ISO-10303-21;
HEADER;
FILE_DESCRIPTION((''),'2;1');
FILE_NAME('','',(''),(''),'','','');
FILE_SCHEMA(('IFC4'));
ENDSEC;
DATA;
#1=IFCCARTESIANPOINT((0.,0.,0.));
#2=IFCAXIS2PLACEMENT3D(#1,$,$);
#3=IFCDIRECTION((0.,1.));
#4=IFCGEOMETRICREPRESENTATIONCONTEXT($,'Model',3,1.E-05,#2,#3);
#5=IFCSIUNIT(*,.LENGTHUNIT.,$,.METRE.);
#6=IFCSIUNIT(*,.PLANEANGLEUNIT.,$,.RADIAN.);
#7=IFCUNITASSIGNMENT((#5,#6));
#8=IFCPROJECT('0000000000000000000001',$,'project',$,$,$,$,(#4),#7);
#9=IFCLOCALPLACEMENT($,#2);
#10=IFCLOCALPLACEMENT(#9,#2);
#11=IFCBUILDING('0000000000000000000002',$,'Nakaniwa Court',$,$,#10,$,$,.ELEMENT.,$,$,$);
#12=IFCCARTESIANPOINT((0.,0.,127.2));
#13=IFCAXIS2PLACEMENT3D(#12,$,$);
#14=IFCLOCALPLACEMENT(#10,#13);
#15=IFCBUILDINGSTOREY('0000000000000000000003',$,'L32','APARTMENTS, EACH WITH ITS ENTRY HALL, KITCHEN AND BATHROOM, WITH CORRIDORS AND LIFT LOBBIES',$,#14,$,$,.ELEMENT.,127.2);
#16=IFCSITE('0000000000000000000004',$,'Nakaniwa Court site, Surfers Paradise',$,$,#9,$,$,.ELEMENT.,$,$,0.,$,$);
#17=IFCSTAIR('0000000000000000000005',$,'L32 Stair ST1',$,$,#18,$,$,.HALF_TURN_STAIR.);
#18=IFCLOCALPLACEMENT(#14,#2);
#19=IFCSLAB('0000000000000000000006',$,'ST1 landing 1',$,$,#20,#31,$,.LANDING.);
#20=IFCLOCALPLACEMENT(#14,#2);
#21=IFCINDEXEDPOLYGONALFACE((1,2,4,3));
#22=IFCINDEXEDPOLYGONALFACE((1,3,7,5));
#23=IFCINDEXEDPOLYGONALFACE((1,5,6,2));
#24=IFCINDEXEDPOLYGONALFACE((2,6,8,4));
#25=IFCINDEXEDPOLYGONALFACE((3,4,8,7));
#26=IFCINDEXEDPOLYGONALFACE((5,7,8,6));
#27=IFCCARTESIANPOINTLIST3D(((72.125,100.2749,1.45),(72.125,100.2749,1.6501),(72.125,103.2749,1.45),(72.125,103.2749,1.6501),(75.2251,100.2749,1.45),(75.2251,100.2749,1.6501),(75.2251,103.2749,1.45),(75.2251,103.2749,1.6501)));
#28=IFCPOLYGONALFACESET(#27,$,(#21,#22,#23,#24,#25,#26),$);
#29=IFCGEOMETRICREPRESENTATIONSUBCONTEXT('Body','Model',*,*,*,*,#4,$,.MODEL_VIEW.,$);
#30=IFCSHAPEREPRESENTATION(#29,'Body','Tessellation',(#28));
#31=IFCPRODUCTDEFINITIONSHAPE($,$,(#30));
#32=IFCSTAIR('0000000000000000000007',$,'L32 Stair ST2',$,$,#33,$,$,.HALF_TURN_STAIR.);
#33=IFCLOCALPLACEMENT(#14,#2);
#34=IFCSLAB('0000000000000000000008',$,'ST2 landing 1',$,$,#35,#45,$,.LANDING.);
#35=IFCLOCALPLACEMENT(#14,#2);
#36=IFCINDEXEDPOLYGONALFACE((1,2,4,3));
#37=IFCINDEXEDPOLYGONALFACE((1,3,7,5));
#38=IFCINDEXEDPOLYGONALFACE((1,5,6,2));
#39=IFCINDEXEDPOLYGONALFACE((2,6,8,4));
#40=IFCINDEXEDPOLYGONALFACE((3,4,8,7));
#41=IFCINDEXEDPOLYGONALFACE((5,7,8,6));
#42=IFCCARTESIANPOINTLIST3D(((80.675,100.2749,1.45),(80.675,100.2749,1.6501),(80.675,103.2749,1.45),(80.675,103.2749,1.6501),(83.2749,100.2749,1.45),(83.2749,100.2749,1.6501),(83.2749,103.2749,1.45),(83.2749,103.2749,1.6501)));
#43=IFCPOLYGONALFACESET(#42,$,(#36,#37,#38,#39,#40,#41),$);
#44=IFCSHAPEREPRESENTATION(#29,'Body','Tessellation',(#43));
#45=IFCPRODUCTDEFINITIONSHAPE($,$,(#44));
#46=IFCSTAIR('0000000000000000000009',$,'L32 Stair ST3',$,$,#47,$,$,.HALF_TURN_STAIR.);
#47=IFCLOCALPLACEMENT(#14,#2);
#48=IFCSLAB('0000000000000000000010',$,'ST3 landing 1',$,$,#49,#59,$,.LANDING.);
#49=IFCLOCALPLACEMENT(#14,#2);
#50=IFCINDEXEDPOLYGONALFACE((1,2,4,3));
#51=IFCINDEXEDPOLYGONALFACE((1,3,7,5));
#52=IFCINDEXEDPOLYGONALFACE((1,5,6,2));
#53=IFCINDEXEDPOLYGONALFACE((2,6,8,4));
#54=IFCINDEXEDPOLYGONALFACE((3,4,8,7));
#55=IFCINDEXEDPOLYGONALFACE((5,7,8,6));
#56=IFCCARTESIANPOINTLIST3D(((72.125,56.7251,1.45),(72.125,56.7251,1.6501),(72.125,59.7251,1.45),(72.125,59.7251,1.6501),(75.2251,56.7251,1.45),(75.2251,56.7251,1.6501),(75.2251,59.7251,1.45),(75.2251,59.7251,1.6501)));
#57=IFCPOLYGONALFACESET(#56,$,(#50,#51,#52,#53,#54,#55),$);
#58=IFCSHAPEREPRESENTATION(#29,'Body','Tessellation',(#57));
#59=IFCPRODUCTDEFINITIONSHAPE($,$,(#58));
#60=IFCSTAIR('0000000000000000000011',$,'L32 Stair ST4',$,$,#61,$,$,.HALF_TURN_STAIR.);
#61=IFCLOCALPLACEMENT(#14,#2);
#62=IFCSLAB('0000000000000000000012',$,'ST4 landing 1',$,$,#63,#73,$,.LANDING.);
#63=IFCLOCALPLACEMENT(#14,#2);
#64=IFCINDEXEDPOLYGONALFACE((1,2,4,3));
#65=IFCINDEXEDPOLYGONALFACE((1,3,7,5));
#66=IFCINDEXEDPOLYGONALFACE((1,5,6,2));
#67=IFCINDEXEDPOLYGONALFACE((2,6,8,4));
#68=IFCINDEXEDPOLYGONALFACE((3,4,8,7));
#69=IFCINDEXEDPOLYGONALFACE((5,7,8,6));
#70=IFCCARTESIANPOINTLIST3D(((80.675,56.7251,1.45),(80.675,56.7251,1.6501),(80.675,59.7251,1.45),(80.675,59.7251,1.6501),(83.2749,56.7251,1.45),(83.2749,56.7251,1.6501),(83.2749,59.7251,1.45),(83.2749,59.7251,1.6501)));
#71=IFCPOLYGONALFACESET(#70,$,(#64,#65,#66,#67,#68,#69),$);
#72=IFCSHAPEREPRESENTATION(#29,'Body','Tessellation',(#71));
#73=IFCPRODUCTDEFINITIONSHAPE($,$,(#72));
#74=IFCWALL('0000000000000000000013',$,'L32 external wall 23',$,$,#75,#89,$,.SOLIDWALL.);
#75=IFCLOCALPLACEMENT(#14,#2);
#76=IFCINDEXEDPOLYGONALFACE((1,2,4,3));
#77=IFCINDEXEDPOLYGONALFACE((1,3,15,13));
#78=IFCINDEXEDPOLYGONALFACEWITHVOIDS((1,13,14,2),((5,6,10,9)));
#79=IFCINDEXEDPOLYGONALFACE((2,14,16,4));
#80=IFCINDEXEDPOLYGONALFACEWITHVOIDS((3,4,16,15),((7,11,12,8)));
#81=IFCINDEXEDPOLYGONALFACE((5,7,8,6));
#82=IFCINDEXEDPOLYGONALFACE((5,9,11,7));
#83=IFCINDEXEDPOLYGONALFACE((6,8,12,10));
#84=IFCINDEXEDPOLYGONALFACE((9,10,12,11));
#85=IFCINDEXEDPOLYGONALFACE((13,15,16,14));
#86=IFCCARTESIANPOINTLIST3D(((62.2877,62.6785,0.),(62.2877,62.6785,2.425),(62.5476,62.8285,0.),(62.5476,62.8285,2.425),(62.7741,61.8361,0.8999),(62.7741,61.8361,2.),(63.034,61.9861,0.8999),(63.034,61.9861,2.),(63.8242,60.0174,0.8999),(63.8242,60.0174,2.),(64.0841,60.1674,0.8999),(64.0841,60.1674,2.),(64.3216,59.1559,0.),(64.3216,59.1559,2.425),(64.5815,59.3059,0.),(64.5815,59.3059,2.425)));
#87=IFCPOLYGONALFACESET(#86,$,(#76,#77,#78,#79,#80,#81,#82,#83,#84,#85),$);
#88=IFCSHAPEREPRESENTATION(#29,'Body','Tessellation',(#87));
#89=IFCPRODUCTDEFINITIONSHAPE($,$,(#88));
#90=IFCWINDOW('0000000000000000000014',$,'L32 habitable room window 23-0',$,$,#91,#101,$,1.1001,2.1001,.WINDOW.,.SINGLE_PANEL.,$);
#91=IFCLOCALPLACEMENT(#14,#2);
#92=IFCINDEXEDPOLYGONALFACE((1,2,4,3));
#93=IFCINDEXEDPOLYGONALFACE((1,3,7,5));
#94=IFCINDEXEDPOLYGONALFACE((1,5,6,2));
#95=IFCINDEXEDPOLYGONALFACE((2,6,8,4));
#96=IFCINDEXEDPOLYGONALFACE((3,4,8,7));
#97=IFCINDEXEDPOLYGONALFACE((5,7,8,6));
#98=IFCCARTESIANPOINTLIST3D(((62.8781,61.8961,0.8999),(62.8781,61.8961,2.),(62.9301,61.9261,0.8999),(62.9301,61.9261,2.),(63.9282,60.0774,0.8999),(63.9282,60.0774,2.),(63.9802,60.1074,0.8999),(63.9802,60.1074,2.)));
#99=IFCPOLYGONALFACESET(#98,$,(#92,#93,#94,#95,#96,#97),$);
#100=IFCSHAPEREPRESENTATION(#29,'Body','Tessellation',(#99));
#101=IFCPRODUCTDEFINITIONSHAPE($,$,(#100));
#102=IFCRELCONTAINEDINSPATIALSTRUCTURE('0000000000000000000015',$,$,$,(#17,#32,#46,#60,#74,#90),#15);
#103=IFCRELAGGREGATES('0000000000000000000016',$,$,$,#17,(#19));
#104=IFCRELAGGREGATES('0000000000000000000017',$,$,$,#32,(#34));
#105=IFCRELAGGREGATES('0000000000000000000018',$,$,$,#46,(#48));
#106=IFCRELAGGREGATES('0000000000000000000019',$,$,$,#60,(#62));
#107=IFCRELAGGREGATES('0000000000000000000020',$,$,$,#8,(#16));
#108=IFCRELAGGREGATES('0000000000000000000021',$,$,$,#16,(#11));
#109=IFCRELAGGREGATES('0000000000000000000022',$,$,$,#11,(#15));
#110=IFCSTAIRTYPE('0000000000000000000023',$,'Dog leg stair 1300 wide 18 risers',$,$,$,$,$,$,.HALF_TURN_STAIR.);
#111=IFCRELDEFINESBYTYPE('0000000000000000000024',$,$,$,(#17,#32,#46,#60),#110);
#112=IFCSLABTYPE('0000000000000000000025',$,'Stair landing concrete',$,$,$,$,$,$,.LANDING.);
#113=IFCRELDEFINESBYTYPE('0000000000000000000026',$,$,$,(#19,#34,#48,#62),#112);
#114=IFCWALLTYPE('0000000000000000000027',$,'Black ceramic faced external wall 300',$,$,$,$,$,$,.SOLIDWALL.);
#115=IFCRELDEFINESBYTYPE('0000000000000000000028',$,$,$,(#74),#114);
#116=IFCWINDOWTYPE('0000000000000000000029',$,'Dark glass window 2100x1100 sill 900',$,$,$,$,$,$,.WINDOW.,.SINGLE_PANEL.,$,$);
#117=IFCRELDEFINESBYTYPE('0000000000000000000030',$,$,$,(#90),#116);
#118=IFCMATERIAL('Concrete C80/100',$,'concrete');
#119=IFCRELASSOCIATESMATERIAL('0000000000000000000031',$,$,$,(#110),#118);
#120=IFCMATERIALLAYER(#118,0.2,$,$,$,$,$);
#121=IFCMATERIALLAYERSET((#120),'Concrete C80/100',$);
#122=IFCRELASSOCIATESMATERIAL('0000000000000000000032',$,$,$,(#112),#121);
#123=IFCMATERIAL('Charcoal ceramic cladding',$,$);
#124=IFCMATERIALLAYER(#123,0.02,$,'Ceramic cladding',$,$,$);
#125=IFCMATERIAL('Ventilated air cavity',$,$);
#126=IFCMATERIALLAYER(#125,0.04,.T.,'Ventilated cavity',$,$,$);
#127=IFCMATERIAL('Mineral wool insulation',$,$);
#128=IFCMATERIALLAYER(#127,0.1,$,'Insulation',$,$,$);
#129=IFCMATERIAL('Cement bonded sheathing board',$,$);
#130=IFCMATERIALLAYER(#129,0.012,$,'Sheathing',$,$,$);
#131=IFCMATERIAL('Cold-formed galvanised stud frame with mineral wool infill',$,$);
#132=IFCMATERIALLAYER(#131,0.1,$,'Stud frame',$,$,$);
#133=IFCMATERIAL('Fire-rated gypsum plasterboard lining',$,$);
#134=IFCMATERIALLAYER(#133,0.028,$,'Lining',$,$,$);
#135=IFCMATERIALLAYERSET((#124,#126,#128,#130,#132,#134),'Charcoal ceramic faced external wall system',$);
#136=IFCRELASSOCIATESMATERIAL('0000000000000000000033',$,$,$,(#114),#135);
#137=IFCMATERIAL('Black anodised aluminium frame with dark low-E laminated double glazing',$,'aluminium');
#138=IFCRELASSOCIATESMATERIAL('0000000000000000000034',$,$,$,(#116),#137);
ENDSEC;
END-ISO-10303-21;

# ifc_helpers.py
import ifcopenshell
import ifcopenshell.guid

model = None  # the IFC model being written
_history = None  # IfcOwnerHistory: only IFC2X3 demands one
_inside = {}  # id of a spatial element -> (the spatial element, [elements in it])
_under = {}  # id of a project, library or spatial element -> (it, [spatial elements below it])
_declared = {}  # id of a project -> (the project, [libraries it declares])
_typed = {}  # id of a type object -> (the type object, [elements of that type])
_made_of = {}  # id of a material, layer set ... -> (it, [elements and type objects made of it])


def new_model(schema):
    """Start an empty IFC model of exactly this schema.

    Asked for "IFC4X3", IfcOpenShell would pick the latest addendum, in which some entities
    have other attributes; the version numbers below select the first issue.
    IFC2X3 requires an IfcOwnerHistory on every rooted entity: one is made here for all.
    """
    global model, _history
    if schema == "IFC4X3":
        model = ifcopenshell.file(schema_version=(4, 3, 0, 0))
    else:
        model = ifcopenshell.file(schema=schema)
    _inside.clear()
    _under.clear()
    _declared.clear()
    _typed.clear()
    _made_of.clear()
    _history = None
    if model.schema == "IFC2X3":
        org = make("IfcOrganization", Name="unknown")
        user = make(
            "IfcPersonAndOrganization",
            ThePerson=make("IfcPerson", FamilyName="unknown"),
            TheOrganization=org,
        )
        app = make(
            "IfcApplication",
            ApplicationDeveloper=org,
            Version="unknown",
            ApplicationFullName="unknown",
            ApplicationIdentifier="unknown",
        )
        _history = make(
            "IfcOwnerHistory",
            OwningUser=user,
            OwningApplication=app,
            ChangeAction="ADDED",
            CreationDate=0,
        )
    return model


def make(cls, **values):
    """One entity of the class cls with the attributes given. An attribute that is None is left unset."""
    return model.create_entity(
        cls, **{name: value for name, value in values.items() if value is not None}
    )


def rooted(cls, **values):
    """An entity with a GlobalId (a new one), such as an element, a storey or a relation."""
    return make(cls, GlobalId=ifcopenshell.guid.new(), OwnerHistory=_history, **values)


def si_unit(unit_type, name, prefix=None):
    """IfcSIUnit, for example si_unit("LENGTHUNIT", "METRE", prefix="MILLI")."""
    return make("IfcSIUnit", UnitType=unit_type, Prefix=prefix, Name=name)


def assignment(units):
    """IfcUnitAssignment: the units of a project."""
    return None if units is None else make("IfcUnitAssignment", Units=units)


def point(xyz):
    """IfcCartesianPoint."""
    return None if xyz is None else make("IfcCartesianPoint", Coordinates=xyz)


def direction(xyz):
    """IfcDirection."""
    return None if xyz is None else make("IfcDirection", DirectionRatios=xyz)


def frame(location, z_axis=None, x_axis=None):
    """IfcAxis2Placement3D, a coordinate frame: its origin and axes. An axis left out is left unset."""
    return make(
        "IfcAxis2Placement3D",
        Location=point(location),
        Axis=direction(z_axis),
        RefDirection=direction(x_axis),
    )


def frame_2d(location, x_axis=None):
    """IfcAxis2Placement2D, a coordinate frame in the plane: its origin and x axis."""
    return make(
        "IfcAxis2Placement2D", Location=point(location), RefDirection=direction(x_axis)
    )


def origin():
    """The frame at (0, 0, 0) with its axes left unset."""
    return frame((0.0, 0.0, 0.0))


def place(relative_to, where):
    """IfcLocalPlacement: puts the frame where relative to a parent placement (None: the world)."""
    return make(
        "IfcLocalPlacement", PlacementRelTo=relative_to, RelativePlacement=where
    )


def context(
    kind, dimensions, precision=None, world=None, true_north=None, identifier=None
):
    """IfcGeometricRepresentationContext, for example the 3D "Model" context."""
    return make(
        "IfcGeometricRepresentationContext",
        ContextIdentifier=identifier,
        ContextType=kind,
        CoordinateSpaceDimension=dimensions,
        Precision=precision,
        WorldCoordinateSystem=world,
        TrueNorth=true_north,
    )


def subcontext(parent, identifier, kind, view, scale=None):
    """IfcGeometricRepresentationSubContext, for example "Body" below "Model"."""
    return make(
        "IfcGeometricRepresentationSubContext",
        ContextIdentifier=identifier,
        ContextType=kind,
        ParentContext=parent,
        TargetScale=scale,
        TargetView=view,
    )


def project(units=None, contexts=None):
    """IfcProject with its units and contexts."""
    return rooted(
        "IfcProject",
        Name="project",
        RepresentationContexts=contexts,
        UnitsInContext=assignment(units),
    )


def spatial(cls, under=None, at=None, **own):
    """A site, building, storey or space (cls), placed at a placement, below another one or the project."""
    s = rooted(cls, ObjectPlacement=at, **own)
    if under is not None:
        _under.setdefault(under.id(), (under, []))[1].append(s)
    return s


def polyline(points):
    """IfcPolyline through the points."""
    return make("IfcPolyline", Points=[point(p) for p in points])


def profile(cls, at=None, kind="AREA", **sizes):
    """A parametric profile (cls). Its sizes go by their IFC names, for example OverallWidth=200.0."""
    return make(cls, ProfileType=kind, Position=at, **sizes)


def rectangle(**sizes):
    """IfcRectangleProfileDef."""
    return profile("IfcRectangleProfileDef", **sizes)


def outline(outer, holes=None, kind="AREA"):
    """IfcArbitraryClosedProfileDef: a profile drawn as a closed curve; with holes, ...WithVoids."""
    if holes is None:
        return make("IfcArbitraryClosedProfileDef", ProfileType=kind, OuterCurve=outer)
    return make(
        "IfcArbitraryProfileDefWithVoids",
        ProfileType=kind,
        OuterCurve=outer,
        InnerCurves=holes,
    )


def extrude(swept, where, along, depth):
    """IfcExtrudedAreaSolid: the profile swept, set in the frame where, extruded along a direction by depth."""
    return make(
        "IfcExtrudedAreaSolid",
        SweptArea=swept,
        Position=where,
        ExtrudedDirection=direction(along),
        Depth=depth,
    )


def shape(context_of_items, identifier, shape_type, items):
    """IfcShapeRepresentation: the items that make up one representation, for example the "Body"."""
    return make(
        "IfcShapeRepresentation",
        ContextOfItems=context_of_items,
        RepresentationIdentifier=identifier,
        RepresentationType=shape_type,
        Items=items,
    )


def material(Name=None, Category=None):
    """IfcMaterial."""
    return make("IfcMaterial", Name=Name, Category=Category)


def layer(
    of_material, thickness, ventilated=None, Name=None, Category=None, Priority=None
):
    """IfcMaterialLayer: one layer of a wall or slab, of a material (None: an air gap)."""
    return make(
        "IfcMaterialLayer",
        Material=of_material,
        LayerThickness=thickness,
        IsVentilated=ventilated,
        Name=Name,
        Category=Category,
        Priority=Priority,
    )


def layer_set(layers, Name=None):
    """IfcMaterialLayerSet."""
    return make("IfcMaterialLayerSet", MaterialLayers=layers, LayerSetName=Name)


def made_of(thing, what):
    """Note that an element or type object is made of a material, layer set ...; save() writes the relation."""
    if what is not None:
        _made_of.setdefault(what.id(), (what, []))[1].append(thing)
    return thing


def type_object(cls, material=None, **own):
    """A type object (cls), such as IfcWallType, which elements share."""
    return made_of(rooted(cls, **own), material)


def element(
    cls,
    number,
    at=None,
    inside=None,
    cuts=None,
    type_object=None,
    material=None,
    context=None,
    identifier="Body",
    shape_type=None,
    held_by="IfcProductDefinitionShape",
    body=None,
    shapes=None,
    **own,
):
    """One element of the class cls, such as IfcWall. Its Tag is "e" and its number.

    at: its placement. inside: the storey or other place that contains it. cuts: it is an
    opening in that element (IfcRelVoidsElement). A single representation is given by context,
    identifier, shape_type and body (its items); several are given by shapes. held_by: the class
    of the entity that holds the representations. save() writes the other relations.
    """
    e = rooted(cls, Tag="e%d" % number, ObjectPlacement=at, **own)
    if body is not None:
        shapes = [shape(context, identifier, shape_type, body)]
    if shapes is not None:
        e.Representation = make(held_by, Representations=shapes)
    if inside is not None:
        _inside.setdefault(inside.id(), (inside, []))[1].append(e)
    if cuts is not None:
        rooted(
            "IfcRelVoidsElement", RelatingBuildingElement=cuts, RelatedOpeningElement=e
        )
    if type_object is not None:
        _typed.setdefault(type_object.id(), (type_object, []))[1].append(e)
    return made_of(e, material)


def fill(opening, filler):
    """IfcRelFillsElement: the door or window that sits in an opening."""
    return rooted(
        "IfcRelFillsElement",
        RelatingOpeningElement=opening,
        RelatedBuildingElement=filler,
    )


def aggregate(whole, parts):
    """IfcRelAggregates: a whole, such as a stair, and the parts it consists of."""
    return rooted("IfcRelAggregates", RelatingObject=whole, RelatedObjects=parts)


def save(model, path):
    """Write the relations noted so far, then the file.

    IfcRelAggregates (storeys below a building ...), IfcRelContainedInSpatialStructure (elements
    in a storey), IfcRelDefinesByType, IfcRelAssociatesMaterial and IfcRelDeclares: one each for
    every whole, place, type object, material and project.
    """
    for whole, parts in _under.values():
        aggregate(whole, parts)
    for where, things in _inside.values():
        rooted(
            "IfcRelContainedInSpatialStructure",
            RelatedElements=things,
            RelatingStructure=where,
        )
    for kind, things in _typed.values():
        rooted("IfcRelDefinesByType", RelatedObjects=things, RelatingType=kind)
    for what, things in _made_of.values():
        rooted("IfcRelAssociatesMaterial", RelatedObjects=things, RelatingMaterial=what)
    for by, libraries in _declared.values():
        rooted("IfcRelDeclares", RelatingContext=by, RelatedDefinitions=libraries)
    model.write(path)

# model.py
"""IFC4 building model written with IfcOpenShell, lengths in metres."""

from ifc_helpers import new_model, si_unit, direction, frame, frame_2d, origin, place, context, subcontext, project, spatial, polyline, rectangle, outline, extrude, material, layer, layer_set, type_object, element, fill, aggregate, save


model = new_model("IFC4")

# Units and contexts
model_context = context("Model", 3, precision=1e-05, world=origin(), true_north=direction((0.0, 1.0)))
body_context = subcontext(model_context, "Body", "Model", "MODEL_VIEW")
ifc_project = project(units=[si_unit("LENGTHUNIT", "METRE"), si_unit("PLANEANGLEUNIT", "RADIAN")], contexts=[model_context])

# Site, building, storey
site_placement = place(None, origin())
site = spatial("IfcSite", under=ifc_project, at=site_placement, Name="Nakaniwa Court site, Surfers Paradise", CompositionType="ELEMENT", RefElevation=0.0)
building_placement = place(site_placement, origin())
building = spatial("IfcBuilding", under=site, at=building_placement, Name="Nakaniwa Court", CompositionType="ELEMENT")
storey_placement = place(building_placement, frame((0.0, 0.0, 127.2)))
storey = spatial("IfcBuildingStorey", under=building, at=storey_placement, Name="L32", Description="APARTMENTS, EACH WITH ITS ENTRY HALL, KITCHEN AND BATHROOM, WITH CORRIDORS AND LIFT LOBBIES", CompositionType="ELEMENT", Elevation=127.2)

# Shared definitions
ifc_material_1 = material(Name="Concrete C80/100", Category="concrete")

# Stairs, slabs
stair_type = type_object("IfcStairType", Name="Dog leg stair 1300 wide 18 risers", PredefinedType="HALF_TURN_STAIR", material=ifc_material_1)
stair_1_placement = place(storey_placement, origin())
stair_1 = element("IfcStair", 1, at=stair_1_placement, inside=storey, type_object=stair_type, Name="L32 Stair ST1", PredefinedType="HALF_TURN_STAIR")
ifc_layer_1 = layer(ifc_material_1, 0.2)
ifc_layer_set_1 = layer_set([ifc_layer_1], Name="Concrete C80/100")
slab_type_1 = type_object("IfcSlabType", Name="Stair landing concrete", PredefinedType="LANDING", material=ifc_layer_set_1)
slab_1_placement = place(storey_placement, frame((0.0, 0.0, 1.45)))
slab_1 = element("IfcSlab", 2, at=slab_1_placement, type_object=slab_type_1, Name="ST1 landing 1", PredefinedType="LANDING", context=body_context, shape_type="SweptSolid", body=[
    extrude(outline(polyline([(75.2251, 100.2749), (75.2251, 103.2749), (72.125, 103.2749), (72.125, 100.2749), (75.2251, 100.2749)])), origin(), (0.0, 0.0, 1.0), 0.2002),
])
aggregate(stair_1, [slab_1])
stair_2_placement = place(storey_placement, origin())
stair_2 = element("IfcStair", 3, at=stair_2_placement, inside=storey, type_object=stair_type, Name="L32 Stair ST2", PredefinedType="HALF_TURN_STAIR")
slab_2_placement = place(storey_placement, frame((0.0, 0.0, 1.45)))
slab_2 = element("IfcSlab", 4, at=slab_2_placement, type_object=slab_type_1, Name="ST2 landing 1", PredefinedType="LANDING", context=body_context, shape_type="SweptSolid", body=[
    extrude(outline(polyline([(83.2749, 100.2749), (83.2749, 103.2749), (80.675, 103.2749), (80.675, 100.2749), (83.2749, 100.2749)])), origin(), (0.0, 0.0, 1.0), 0.2002),
])
aggregate(stair_2, [slab_2])
stair_3_placement = place(storey_placement, origin())
stair_3 = element("IfcStair", 5, at=stair_3_placement, inside=storey, type_object=stair_type, Name="L32 Stair ST3", PredefinedType="HALF_TURN_STAIR")
slab_3_placement = place(storey_placement, frame((0.0, 0.0, 1.45)))
slab_3 = element("IfcSlab", 6, at=slab_3_placement, type_object=slab_type_1, Name="ST3 landing 1", PredefinedType="LANDING", context=body_context, shape_type="SweptSolid", body=[
    extrude(outline(polyline([(75.2251, 56.7251), (75.2251, 59.7251), (72.125, 59.7251), (72.125, 56.7251), (75.2251, 56.7251)])), origin(), (0.0, 0.0, 1.0), 0.2002),
])
aggregate(stair_3, [slab_3])
stair_4_placement = place(storey_placement, origin())
stair_4 = element("IfcStair", 7, at=stair_4_placement, inside=storey, type_object=stair_type, Name="L32 Stair ST4", PredefinedType="HALF_TURN_STAIR")
slab_4_placement = place(storey_placement, frame((0.0, 0.0, 1.45)))
slab_4 = element("IfcSlab", 8, at=slab_4_placement, type_object=slab_type_1, Name="ST4 landing 1", PredefinedType="LANDING", context=body_context, shape_type="SweptSolid", body=[
    extrude(outline(polyline([(83.2749, 56.7251), (83.2749, 59.7251), (80.675, 59.7251), (80.675, 56.7251), (83.2749, 56.7251)])), origin(), (0.0, 0.0, 1.0), 0.2002),
])
aggregate(stair_4, [slab_4])

# Wall, opening, window
ifc_material_2 = material(Name="Charcoal ceramic cladding")
ifc_layer_2 = layer(ifc_material_2, 0.02, Name="Ceramic cladding")
ifc_material_3 = material(Name="Ventilated air cavity")
ifc_layer_3 = layer(ifc_material_3, 0.04, ventilated=True, Name="Ventilated cavity")
ifc_material_4 = material(Name="Mineral wool insulation")
ifc_layer_4 = layer(ifc_material_4, 0.1, Name="Insulation")
ifc_material_5 = material(Name="Cement bonded sheathing board")
ifc_layer_5 = layer(ifc_material_5, 0.012, Name="Sheathing")
ifc_material_6 = material(Name="Cold-formed galvanised stud frame with mineral wool infill")
ifc_layer_6 = layer(ifc_material_6, 0.1, Name="Stud frame")
ifc_material_7 = material(Name="Fire-rated gypsum plasterboard lining")
ifc_layer_7 = layer(ifc_material_7, 0.028, Name="Lining")
ifc_layer_set_2 = layer_set([ifc_layer_2, ifc_layer_3, ifc_layer_4, ifc_layer_5, ifc_layer_6, ifc_layer_7], Name="Charcoal ceramic faced external wall system")
wall_type = type_object("IfcWallType", Name="Black ceramic faced external wall 300", PredefinedType="SOLIDWALL", material=ifc_layer_set_2)
wall_placement = place(storey_placement, frame((62.4177, 62.7534, 0.0), z_axis=(0.0, 0.0, 1.0), x_axis=(0.500019, -0.866015, 0.0)))
wall = element("IfcWall", 9, at=wall_placement, inside=storey, type_object=wall_type, Name="L32 external wall 23", PredefinedType="SOLIDWALL", context=body_context, shape_type="SweptSolid", body=[
    extrude(rectangle(XDim=4.0676, YDim=0.3, at=frame_2d((2.0337, 0.0))), origin(), (0.0, 0.0, 1.0), 2.425),
])
opening_placement = place(wall_placement, frame((0.9727, 0.0, 0.8999)))
opening = element("IfcOpeningElement", 10, at=opening_placement, cuts=wall, PredefinedType="OPENING", context=body_context, shape_type="SweptSolid", body=[
    extrude(rectangle(XDim=2.1001, YDim=1.1001, at=frame_2d((1.05, 0.55))), frame((0.0, 0.1599, 0.0), z_axis=(0.0, -1.0, 0.0), x_axis=(1.0, 0.0, 0.0)), (0.0, 0.0, 1.0), 0.3201),
])
ifc_material_8 = material(Name="Black anodised aluminium frame with dark low-E laminated double glazing", Category="aluminium")
window_type = type_object("IfcWindowType", Name="Dark glass window 2100x1100 sill 900", PartitioningType="SINGLE_PANEL", PredefinedType="WINDOW", material=ifc_material_8)
window_placement = place(opening_placement, origin())
window = element("IfcWindow", 11, at=window_placement, inside=storey, type_object=window_type, Name="L32 habitable room window 23-0", OverallHeight=1.1001, OverallWidth=2.1001, PartitioningType="SINGLE_PANEL", PredefinedType="WINDOW", context=body_context, shape_type="SweptSolid", body=[
    extrude(rectangle(XDim=2.1001, YDim=1.1001, at=frame_2d((1.05, 0.55))), frame((0.0, 0.03, 0.0), z_axis=(0.0, -1.0, 0.0), x_axis=(1.0, 0.0, 0.0)), (0.0, 0.0, 1.0), 0.0601),
])
fill(opening, window)

save(model, "model.ifc")
